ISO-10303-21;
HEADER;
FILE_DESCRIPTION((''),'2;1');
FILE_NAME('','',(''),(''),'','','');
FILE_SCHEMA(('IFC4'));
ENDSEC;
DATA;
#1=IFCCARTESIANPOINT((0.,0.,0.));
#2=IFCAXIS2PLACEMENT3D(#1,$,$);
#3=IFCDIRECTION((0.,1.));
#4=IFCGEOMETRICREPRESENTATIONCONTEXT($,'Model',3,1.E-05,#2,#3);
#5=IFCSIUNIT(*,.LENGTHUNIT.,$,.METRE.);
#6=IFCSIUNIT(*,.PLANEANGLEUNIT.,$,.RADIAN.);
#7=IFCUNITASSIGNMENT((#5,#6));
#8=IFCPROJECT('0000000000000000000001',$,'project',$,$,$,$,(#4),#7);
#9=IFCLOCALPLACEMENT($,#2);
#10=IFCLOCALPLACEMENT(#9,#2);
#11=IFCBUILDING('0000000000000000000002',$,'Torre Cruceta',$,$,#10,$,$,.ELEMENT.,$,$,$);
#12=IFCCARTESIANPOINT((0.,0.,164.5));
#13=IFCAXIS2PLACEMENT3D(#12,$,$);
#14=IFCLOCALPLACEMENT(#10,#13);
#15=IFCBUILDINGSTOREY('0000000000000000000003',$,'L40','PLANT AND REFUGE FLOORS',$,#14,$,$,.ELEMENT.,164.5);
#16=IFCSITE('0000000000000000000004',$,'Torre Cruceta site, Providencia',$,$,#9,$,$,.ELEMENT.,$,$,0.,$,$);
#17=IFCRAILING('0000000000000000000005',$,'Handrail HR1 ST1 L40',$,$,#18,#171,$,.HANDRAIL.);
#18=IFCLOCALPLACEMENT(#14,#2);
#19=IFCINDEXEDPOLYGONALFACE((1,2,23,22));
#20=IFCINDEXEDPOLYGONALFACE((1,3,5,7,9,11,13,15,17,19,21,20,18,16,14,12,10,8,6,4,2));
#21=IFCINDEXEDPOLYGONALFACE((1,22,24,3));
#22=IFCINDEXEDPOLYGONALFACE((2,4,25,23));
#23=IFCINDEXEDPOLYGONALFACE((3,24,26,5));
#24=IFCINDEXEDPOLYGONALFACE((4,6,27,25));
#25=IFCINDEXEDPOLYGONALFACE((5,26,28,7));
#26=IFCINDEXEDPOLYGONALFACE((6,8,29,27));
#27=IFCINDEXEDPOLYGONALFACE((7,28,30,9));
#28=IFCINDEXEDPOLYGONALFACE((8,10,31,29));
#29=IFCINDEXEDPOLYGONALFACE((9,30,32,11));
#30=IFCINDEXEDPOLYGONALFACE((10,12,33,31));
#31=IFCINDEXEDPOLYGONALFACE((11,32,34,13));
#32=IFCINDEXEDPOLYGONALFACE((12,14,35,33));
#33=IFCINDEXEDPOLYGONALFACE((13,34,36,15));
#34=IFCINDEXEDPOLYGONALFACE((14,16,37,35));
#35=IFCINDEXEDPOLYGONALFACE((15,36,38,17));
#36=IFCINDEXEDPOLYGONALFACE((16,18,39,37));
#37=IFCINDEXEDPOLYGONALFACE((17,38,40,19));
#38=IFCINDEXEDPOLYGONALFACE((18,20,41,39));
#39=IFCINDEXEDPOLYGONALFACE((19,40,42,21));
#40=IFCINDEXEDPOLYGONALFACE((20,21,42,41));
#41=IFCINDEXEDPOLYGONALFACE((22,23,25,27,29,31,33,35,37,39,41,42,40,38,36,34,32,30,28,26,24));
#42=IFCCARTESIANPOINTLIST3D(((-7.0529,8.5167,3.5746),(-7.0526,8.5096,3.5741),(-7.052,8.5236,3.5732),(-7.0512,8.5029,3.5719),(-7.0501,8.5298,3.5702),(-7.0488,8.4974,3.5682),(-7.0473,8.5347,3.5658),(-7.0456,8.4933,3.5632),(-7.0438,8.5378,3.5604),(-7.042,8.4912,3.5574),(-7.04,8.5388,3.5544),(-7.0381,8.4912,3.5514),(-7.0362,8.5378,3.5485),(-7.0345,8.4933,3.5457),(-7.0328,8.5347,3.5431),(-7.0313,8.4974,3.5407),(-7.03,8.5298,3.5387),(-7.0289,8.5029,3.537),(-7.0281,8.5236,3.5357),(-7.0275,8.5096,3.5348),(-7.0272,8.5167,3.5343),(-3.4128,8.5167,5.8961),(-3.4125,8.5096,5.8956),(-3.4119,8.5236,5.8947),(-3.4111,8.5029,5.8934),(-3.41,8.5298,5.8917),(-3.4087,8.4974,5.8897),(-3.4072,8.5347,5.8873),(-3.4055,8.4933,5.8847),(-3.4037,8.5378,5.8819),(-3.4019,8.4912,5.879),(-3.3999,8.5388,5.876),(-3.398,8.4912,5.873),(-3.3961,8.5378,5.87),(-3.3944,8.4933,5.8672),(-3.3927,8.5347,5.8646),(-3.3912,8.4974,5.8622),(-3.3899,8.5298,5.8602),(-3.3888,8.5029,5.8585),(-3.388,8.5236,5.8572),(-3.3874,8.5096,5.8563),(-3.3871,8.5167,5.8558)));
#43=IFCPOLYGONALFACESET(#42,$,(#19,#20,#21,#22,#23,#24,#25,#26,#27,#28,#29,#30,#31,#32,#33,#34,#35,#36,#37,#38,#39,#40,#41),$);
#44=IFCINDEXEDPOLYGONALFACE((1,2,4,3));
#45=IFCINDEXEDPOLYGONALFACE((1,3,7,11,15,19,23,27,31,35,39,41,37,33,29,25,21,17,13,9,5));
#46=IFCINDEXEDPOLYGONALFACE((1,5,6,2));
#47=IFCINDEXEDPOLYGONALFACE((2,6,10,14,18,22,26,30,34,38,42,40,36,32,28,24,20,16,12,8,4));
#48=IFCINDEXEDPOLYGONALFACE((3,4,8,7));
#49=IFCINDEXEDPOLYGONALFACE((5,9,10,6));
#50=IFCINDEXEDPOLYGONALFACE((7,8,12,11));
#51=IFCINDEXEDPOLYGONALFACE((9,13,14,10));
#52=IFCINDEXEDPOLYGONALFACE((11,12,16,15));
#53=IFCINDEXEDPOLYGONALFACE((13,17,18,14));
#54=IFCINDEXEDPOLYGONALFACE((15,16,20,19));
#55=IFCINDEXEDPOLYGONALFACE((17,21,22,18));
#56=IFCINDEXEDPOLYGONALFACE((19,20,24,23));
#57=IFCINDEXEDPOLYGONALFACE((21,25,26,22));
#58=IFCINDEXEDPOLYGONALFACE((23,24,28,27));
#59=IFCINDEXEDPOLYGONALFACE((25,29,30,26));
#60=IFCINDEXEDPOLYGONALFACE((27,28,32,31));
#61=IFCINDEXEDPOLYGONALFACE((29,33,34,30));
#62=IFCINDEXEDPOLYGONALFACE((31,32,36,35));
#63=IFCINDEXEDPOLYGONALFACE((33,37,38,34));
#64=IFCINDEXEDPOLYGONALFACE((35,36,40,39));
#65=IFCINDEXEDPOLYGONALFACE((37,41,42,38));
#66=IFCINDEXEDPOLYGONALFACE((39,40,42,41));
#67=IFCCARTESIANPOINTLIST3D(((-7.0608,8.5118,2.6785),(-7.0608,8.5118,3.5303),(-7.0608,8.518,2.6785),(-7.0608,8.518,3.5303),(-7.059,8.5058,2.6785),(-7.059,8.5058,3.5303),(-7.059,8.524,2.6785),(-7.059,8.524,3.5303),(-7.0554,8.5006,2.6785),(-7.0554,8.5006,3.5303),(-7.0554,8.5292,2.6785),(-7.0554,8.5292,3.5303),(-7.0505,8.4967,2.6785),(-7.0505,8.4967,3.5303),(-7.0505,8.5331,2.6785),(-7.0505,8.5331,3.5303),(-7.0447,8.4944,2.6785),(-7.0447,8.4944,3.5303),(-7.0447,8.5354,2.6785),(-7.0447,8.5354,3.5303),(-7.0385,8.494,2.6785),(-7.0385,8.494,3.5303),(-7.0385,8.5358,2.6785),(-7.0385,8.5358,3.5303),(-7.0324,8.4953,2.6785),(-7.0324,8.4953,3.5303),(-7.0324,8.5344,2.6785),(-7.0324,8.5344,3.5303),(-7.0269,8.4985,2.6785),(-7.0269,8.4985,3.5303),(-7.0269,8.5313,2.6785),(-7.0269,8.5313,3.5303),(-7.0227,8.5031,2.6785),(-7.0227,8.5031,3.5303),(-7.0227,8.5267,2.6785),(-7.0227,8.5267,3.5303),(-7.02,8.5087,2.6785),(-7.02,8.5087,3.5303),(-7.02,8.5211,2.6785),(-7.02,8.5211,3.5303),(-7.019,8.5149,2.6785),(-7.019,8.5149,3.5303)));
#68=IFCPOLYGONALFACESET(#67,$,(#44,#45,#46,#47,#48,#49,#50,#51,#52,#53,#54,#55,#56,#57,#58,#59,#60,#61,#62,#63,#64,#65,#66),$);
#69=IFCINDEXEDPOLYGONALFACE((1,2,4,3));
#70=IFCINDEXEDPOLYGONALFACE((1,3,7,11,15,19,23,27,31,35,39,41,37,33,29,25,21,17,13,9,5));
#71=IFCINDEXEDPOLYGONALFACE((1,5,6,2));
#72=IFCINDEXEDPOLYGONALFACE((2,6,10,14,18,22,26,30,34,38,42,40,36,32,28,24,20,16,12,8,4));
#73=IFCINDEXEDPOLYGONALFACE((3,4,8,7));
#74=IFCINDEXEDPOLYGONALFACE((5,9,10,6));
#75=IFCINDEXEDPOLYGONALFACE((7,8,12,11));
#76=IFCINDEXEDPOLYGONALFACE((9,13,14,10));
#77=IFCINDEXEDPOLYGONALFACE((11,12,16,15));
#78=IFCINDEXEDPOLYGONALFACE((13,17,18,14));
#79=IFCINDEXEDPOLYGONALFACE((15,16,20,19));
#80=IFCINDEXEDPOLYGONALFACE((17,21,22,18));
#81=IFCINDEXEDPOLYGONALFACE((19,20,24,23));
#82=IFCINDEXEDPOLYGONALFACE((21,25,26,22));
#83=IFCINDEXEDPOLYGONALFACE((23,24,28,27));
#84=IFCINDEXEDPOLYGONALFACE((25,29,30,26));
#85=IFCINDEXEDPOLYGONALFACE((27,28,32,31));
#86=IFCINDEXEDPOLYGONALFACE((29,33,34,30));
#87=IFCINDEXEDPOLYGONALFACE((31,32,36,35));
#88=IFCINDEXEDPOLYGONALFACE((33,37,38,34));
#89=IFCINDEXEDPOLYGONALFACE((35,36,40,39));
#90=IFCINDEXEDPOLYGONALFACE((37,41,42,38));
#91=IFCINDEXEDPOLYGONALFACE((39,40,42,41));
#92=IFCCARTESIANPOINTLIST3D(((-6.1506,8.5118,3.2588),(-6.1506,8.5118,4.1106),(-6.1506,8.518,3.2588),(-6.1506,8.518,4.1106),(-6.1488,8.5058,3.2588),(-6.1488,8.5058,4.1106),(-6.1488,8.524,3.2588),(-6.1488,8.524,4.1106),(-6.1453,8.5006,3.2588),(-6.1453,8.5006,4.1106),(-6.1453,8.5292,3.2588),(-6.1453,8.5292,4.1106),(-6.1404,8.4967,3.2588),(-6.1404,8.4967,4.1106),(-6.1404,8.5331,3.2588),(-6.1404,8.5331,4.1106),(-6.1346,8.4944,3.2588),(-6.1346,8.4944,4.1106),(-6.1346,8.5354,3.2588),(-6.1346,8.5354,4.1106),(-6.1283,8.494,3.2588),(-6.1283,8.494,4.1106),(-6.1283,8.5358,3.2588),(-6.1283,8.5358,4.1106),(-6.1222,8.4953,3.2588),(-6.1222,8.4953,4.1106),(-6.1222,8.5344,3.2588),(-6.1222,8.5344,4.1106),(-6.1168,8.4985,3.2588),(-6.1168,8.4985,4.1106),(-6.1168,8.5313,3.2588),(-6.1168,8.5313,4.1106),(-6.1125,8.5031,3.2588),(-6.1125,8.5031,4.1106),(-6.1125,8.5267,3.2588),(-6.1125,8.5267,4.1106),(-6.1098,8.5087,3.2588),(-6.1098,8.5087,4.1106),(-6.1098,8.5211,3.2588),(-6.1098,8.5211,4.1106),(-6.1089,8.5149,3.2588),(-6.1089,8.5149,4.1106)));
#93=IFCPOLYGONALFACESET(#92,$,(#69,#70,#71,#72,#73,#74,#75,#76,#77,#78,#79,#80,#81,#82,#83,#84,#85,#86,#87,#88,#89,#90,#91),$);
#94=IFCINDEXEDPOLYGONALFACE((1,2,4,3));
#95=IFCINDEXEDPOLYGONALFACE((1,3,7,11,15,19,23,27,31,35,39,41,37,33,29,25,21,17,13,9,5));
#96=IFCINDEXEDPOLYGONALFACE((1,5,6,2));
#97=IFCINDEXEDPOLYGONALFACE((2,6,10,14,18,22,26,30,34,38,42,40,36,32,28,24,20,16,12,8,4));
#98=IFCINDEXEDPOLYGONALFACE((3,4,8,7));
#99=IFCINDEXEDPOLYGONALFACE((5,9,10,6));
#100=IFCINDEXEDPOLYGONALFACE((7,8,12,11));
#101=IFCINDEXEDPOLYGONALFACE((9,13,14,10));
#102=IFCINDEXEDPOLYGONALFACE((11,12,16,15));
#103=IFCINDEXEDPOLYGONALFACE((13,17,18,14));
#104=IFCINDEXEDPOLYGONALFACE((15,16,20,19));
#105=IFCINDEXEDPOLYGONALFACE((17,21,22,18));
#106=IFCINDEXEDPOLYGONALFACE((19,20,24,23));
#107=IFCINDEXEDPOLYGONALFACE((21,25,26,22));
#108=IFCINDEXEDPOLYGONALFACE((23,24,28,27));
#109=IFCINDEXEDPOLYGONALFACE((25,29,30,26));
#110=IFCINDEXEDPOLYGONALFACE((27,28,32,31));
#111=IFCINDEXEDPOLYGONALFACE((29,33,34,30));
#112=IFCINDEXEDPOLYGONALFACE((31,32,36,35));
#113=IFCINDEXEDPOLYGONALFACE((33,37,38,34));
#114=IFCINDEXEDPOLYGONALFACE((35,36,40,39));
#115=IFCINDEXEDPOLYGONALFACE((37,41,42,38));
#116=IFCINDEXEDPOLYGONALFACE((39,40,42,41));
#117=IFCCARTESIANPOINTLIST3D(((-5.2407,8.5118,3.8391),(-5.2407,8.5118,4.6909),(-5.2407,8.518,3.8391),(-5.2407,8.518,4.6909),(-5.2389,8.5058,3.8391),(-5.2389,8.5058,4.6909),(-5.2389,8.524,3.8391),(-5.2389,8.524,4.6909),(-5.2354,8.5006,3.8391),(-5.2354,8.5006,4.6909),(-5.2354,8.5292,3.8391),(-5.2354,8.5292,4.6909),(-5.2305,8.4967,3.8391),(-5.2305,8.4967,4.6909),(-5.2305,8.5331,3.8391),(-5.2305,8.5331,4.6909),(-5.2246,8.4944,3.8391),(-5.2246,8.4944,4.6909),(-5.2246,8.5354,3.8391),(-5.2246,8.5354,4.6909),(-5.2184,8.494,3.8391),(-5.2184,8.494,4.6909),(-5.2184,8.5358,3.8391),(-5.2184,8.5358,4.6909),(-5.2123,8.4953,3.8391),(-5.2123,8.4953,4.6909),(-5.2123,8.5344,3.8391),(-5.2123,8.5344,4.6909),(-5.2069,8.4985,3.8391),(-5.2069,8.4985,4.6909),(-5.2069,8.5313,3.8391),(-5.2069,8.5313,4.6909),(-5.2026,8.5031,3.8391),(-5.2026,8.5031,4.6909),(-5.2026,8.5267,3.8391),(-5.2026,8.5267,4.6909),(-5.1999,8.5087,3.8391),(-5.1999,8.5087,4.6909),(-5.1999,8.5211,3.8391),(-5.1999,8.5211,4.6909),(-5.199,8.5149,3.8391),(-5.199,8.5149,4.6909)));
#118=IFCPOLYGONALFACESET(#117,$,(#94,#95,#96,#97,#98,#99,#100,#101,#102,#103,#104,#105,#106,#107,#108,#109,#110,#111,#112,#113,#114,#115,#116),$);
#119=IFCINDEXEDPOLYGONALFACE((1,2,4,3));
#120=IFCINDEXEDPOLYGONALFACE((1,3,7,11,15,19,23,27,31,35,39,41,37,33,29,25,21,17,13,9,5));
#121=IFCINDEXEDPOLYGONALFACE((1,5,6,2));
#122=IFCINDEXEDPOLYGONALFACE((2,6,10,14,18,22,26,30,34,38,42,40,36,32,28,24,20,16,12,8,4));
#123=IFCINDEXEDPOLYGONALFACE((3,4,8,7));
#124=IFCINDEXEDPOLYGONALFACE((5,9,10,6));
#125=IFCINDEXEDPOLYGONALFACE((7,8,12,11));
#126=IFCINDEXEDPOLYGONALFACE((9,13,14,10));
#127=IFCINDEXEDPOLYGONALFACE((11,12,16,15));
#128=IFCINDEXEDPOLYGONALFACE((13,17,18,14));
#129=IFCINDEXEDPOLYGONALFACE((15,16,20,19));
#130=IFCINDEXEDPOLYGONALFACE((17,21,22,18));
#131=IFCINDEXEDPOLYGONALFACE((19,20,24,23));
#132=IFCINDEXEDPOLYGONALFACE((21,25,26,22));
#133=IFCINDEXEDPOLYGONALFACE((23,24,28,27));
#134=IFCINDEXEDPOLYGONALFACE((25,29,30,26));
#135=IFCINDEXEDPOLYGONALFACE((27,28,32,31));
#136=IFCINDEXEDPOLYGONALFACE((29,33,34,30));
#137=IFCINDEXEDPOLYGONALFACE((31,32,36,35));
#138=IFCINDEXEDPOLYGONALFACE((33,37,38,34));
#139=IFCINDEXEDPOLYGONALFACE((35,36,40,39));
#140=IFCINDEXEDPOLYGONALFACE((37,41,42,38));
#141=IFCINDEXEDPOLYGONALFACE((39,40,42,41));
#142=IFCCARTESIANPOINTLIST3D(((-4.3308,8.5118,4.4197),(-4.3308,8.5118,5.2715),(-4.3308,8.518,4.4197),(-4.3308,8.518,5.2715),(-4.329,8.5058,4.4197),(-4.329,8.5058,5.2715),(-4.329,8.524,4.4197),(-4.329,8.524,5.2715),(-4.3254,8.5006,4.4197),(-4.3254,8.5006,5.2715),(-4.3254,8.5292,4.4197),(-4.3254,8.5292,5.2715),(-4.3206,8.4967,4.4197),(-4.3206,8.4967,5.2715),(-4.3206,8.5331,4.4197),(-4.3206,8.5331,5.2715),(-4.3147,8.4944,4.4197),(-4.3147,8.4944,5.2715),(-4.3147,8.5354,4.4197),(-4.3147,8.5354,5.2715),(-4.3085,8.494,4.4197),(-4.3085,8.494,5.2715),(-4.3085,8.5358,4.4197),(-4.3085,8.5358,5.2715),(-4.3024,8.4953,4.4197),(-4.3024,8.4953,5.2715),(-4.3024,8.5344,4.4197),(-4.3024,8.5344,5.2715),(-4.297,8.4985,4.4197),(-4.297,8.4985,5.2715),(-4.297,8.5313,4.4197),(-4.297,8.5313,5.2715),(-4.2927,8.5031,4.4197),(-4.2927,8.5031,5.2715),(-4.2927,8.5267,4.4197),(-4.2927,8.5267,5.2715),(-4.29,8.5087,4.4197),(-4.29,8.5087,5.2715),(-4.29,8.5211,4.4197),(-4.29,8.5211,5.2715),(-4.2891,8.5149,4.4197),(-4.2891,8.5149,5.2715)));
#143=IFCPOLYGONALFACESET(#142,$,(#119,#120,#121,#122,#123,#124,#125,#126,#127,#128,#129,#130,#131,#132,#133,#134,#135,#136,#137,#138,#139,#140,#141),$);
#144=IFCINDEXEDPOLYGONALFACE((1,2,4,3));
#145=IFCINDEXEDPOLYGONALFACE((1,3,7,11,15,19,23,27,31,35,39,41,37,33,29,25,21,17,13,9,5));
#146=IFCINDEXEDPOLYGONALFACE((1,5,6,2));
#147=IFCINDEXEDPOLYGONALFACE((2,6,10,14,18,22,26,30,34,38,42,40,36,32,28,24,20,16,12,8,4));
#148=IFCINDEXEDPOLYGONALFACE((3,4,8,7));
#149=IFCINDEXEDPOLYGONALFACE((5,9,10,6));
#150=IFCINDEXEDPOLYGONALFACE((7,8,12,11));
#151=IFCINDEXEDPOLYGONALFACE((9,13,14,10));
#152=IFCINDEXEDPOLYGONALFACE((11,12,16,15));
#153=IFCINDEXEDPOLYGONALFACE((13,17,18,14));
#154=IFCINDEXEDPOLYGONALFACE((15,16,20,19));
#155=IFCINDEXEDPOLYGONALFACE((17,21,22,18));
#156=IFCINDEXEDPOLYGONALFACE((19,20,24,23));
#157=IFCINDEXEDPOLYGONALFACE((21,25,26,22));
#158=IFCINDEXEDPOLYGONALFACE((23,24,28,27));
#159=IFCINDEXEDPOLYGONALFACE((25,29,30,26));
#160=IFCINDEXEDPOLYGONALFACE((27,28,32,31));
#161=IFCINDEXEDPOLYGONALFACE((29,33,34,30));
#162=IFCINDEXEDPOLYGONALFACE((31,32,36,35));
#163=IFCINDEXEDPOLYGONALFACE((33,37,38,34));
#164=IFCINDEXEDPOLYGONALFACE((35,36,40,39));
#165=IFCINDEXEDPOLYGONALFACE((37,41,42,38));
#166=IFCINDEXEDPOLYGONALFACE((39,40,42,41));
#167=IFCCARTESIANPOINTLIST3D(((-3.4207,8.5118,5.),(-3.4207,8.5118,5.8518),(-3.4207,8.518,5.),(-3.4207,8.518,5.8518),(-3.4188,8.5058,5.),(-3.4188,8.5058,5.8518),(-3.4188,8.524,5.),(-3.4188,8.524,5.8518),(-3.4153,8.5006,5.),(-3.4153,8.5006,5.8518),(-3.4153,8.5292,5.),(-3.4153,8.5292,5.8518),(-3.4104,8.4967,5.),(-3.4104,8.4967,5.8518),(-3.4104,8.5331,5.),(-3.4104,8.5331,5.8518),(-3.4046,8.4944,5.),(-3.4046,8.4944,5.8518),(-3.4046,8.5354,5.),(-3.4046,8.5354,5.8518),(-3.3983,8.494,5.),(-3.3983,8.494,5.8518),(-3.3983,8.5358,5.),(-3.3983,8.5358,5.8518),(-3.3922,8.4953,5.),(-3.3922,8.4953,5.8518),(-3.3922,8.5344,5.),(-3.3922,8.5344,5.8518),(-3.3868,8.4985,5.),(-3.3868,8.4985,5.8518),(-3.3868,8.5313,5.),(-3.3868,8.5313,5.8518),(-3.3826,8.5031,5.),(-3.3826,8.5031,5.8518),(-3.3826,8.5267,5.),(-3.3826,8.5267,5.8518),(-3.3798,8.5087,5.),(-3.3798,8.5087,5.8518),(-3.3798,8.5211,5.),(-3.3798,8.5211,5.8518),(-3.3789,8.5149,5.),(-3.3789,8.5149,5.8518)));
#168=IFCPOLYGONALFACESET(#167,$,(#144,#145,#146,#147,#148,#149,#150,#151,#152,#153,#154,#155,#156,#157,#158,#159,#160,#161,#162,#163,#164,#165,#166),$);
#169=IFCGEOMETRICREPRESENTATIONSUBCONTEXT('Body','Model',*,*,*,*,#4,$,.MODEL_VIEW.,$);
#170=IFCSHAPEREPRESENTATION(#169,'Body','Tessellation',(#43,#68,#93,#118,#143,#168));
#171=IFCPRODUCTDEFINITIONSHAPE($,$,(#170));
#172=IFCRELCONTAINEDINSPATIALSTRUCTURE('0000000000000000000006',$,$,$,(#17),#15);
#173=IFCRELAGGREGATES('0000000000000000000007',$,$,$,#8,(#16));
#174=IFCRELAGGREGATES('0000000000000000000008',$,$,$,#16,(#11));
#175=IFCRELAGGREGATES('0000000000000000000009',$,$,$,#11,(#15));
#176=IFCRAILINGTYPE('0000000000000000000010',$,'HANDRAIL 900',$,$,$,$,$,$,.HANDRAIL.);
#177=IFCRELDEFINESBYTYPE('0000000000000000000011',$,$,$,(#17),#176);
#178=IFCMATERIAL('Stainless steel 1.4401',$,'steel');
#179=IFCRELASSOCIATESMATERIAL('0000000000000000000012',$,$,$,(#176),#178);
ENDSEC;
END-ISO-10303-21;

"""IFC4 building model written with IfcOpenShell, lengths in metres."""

from ifc_helpers import new_model, si_unit, direction, frame, origin, origin_2d, place, context, subcontext, project, spatial, circle, extrude, material, type_object, element, save


model = new_model("IFC4")

# Units and contexts
model_context = context("Model", 3, precision=1e-05, world=origin(), true_north=direction((0.0, 1.0)))
body_context = subcontext(model_context, "Body", "Model", "MODEL_VIEW")
ifc_project = project(units=[si_unit("LENGTHUNIT", "METRE"), si_unit("PLANEANGLEUNIT", "RADIAN")], contexts=[model_context])

# Site, building, storey
site_placement = place(None, origin())
site = spatial("IfcSite", under=ifc_project, at=site_placement, Name="Torre Cruceta site, Providencia", CompositionType="ELEMENT", RefElevation=0.0)
building_placement = place(site_placement, origin())
building = spatial("IfcBuilding", under=site, at=building_placement, Name="Torre Cruceta", CompositionType="ELEMENT")
storey_placement = place(building_placement, frame((0.0, 0.0, 164.5)))
storey = spatial("IfcBuildingStorey", under=building, at=storey_placement, Name="L40", Description="PLANT AND REFUGE FLOORS", CompositionType="ELEMENT", Elevation=164.5)

# Railing
ifc_material_1 = material(Name="Stainless steel 1.4401", Category="steel")
railing_type = type_object("IfcRailingType", Name="HANDRAIL 900", PredefinedType="HANDRAIL", material=ifc_material_1)
railing_1_placement = place(storey_placement, frame((-7.04, 8.5149, 2.6785)))
element("IfcRailing", 1, at=railing_1_placement, inside=storey, type_object=railing_type, Name="Handrail HR1 ST1 L40", PredefinedType="HANDRAIL", context=body_context, shape_type="SweptSolid", body=[
    extrude(circle(Radius=0.0239, at=origin_2d()), frame((0.0, 0.0, 0.876), z_axis=(0.843128, 0.0, 0.537713), x_axis=(0.0, 1.0, 0.0)), (0.0, 0.0, 1.0), 4.3174),
    extrude(circle(Radius=0.021, at=origin_2d()), origin(), (0.0, 0.0, 1.0), 0.8518),
    extrude(circle(Radius=0.021, at=origin_2d()), frame((0.9102, 0.0, 0.5803)), (0.0, 0.0, 1.0), 0.8518),
    extrude(circle(Radius=0.021, at=origin_2d()), frame((1.8201, 0.0, 1.1606)), (0.0, 0.0, 1.0), 0.8518),
    extrude(circle(Radius=0.021, at=origin_2d()), frame((2.73, 0.0, 1.7412)), (0.0, 0.0, 1.0), 0.8518),
    extrude(circle(Radius=0.021, at=origin_2d()), frame((3.6401, 0.0, 2.3215)), (0.0, 0.0, 1.0), 0.8518),
])

save(model, "model.ifc")
